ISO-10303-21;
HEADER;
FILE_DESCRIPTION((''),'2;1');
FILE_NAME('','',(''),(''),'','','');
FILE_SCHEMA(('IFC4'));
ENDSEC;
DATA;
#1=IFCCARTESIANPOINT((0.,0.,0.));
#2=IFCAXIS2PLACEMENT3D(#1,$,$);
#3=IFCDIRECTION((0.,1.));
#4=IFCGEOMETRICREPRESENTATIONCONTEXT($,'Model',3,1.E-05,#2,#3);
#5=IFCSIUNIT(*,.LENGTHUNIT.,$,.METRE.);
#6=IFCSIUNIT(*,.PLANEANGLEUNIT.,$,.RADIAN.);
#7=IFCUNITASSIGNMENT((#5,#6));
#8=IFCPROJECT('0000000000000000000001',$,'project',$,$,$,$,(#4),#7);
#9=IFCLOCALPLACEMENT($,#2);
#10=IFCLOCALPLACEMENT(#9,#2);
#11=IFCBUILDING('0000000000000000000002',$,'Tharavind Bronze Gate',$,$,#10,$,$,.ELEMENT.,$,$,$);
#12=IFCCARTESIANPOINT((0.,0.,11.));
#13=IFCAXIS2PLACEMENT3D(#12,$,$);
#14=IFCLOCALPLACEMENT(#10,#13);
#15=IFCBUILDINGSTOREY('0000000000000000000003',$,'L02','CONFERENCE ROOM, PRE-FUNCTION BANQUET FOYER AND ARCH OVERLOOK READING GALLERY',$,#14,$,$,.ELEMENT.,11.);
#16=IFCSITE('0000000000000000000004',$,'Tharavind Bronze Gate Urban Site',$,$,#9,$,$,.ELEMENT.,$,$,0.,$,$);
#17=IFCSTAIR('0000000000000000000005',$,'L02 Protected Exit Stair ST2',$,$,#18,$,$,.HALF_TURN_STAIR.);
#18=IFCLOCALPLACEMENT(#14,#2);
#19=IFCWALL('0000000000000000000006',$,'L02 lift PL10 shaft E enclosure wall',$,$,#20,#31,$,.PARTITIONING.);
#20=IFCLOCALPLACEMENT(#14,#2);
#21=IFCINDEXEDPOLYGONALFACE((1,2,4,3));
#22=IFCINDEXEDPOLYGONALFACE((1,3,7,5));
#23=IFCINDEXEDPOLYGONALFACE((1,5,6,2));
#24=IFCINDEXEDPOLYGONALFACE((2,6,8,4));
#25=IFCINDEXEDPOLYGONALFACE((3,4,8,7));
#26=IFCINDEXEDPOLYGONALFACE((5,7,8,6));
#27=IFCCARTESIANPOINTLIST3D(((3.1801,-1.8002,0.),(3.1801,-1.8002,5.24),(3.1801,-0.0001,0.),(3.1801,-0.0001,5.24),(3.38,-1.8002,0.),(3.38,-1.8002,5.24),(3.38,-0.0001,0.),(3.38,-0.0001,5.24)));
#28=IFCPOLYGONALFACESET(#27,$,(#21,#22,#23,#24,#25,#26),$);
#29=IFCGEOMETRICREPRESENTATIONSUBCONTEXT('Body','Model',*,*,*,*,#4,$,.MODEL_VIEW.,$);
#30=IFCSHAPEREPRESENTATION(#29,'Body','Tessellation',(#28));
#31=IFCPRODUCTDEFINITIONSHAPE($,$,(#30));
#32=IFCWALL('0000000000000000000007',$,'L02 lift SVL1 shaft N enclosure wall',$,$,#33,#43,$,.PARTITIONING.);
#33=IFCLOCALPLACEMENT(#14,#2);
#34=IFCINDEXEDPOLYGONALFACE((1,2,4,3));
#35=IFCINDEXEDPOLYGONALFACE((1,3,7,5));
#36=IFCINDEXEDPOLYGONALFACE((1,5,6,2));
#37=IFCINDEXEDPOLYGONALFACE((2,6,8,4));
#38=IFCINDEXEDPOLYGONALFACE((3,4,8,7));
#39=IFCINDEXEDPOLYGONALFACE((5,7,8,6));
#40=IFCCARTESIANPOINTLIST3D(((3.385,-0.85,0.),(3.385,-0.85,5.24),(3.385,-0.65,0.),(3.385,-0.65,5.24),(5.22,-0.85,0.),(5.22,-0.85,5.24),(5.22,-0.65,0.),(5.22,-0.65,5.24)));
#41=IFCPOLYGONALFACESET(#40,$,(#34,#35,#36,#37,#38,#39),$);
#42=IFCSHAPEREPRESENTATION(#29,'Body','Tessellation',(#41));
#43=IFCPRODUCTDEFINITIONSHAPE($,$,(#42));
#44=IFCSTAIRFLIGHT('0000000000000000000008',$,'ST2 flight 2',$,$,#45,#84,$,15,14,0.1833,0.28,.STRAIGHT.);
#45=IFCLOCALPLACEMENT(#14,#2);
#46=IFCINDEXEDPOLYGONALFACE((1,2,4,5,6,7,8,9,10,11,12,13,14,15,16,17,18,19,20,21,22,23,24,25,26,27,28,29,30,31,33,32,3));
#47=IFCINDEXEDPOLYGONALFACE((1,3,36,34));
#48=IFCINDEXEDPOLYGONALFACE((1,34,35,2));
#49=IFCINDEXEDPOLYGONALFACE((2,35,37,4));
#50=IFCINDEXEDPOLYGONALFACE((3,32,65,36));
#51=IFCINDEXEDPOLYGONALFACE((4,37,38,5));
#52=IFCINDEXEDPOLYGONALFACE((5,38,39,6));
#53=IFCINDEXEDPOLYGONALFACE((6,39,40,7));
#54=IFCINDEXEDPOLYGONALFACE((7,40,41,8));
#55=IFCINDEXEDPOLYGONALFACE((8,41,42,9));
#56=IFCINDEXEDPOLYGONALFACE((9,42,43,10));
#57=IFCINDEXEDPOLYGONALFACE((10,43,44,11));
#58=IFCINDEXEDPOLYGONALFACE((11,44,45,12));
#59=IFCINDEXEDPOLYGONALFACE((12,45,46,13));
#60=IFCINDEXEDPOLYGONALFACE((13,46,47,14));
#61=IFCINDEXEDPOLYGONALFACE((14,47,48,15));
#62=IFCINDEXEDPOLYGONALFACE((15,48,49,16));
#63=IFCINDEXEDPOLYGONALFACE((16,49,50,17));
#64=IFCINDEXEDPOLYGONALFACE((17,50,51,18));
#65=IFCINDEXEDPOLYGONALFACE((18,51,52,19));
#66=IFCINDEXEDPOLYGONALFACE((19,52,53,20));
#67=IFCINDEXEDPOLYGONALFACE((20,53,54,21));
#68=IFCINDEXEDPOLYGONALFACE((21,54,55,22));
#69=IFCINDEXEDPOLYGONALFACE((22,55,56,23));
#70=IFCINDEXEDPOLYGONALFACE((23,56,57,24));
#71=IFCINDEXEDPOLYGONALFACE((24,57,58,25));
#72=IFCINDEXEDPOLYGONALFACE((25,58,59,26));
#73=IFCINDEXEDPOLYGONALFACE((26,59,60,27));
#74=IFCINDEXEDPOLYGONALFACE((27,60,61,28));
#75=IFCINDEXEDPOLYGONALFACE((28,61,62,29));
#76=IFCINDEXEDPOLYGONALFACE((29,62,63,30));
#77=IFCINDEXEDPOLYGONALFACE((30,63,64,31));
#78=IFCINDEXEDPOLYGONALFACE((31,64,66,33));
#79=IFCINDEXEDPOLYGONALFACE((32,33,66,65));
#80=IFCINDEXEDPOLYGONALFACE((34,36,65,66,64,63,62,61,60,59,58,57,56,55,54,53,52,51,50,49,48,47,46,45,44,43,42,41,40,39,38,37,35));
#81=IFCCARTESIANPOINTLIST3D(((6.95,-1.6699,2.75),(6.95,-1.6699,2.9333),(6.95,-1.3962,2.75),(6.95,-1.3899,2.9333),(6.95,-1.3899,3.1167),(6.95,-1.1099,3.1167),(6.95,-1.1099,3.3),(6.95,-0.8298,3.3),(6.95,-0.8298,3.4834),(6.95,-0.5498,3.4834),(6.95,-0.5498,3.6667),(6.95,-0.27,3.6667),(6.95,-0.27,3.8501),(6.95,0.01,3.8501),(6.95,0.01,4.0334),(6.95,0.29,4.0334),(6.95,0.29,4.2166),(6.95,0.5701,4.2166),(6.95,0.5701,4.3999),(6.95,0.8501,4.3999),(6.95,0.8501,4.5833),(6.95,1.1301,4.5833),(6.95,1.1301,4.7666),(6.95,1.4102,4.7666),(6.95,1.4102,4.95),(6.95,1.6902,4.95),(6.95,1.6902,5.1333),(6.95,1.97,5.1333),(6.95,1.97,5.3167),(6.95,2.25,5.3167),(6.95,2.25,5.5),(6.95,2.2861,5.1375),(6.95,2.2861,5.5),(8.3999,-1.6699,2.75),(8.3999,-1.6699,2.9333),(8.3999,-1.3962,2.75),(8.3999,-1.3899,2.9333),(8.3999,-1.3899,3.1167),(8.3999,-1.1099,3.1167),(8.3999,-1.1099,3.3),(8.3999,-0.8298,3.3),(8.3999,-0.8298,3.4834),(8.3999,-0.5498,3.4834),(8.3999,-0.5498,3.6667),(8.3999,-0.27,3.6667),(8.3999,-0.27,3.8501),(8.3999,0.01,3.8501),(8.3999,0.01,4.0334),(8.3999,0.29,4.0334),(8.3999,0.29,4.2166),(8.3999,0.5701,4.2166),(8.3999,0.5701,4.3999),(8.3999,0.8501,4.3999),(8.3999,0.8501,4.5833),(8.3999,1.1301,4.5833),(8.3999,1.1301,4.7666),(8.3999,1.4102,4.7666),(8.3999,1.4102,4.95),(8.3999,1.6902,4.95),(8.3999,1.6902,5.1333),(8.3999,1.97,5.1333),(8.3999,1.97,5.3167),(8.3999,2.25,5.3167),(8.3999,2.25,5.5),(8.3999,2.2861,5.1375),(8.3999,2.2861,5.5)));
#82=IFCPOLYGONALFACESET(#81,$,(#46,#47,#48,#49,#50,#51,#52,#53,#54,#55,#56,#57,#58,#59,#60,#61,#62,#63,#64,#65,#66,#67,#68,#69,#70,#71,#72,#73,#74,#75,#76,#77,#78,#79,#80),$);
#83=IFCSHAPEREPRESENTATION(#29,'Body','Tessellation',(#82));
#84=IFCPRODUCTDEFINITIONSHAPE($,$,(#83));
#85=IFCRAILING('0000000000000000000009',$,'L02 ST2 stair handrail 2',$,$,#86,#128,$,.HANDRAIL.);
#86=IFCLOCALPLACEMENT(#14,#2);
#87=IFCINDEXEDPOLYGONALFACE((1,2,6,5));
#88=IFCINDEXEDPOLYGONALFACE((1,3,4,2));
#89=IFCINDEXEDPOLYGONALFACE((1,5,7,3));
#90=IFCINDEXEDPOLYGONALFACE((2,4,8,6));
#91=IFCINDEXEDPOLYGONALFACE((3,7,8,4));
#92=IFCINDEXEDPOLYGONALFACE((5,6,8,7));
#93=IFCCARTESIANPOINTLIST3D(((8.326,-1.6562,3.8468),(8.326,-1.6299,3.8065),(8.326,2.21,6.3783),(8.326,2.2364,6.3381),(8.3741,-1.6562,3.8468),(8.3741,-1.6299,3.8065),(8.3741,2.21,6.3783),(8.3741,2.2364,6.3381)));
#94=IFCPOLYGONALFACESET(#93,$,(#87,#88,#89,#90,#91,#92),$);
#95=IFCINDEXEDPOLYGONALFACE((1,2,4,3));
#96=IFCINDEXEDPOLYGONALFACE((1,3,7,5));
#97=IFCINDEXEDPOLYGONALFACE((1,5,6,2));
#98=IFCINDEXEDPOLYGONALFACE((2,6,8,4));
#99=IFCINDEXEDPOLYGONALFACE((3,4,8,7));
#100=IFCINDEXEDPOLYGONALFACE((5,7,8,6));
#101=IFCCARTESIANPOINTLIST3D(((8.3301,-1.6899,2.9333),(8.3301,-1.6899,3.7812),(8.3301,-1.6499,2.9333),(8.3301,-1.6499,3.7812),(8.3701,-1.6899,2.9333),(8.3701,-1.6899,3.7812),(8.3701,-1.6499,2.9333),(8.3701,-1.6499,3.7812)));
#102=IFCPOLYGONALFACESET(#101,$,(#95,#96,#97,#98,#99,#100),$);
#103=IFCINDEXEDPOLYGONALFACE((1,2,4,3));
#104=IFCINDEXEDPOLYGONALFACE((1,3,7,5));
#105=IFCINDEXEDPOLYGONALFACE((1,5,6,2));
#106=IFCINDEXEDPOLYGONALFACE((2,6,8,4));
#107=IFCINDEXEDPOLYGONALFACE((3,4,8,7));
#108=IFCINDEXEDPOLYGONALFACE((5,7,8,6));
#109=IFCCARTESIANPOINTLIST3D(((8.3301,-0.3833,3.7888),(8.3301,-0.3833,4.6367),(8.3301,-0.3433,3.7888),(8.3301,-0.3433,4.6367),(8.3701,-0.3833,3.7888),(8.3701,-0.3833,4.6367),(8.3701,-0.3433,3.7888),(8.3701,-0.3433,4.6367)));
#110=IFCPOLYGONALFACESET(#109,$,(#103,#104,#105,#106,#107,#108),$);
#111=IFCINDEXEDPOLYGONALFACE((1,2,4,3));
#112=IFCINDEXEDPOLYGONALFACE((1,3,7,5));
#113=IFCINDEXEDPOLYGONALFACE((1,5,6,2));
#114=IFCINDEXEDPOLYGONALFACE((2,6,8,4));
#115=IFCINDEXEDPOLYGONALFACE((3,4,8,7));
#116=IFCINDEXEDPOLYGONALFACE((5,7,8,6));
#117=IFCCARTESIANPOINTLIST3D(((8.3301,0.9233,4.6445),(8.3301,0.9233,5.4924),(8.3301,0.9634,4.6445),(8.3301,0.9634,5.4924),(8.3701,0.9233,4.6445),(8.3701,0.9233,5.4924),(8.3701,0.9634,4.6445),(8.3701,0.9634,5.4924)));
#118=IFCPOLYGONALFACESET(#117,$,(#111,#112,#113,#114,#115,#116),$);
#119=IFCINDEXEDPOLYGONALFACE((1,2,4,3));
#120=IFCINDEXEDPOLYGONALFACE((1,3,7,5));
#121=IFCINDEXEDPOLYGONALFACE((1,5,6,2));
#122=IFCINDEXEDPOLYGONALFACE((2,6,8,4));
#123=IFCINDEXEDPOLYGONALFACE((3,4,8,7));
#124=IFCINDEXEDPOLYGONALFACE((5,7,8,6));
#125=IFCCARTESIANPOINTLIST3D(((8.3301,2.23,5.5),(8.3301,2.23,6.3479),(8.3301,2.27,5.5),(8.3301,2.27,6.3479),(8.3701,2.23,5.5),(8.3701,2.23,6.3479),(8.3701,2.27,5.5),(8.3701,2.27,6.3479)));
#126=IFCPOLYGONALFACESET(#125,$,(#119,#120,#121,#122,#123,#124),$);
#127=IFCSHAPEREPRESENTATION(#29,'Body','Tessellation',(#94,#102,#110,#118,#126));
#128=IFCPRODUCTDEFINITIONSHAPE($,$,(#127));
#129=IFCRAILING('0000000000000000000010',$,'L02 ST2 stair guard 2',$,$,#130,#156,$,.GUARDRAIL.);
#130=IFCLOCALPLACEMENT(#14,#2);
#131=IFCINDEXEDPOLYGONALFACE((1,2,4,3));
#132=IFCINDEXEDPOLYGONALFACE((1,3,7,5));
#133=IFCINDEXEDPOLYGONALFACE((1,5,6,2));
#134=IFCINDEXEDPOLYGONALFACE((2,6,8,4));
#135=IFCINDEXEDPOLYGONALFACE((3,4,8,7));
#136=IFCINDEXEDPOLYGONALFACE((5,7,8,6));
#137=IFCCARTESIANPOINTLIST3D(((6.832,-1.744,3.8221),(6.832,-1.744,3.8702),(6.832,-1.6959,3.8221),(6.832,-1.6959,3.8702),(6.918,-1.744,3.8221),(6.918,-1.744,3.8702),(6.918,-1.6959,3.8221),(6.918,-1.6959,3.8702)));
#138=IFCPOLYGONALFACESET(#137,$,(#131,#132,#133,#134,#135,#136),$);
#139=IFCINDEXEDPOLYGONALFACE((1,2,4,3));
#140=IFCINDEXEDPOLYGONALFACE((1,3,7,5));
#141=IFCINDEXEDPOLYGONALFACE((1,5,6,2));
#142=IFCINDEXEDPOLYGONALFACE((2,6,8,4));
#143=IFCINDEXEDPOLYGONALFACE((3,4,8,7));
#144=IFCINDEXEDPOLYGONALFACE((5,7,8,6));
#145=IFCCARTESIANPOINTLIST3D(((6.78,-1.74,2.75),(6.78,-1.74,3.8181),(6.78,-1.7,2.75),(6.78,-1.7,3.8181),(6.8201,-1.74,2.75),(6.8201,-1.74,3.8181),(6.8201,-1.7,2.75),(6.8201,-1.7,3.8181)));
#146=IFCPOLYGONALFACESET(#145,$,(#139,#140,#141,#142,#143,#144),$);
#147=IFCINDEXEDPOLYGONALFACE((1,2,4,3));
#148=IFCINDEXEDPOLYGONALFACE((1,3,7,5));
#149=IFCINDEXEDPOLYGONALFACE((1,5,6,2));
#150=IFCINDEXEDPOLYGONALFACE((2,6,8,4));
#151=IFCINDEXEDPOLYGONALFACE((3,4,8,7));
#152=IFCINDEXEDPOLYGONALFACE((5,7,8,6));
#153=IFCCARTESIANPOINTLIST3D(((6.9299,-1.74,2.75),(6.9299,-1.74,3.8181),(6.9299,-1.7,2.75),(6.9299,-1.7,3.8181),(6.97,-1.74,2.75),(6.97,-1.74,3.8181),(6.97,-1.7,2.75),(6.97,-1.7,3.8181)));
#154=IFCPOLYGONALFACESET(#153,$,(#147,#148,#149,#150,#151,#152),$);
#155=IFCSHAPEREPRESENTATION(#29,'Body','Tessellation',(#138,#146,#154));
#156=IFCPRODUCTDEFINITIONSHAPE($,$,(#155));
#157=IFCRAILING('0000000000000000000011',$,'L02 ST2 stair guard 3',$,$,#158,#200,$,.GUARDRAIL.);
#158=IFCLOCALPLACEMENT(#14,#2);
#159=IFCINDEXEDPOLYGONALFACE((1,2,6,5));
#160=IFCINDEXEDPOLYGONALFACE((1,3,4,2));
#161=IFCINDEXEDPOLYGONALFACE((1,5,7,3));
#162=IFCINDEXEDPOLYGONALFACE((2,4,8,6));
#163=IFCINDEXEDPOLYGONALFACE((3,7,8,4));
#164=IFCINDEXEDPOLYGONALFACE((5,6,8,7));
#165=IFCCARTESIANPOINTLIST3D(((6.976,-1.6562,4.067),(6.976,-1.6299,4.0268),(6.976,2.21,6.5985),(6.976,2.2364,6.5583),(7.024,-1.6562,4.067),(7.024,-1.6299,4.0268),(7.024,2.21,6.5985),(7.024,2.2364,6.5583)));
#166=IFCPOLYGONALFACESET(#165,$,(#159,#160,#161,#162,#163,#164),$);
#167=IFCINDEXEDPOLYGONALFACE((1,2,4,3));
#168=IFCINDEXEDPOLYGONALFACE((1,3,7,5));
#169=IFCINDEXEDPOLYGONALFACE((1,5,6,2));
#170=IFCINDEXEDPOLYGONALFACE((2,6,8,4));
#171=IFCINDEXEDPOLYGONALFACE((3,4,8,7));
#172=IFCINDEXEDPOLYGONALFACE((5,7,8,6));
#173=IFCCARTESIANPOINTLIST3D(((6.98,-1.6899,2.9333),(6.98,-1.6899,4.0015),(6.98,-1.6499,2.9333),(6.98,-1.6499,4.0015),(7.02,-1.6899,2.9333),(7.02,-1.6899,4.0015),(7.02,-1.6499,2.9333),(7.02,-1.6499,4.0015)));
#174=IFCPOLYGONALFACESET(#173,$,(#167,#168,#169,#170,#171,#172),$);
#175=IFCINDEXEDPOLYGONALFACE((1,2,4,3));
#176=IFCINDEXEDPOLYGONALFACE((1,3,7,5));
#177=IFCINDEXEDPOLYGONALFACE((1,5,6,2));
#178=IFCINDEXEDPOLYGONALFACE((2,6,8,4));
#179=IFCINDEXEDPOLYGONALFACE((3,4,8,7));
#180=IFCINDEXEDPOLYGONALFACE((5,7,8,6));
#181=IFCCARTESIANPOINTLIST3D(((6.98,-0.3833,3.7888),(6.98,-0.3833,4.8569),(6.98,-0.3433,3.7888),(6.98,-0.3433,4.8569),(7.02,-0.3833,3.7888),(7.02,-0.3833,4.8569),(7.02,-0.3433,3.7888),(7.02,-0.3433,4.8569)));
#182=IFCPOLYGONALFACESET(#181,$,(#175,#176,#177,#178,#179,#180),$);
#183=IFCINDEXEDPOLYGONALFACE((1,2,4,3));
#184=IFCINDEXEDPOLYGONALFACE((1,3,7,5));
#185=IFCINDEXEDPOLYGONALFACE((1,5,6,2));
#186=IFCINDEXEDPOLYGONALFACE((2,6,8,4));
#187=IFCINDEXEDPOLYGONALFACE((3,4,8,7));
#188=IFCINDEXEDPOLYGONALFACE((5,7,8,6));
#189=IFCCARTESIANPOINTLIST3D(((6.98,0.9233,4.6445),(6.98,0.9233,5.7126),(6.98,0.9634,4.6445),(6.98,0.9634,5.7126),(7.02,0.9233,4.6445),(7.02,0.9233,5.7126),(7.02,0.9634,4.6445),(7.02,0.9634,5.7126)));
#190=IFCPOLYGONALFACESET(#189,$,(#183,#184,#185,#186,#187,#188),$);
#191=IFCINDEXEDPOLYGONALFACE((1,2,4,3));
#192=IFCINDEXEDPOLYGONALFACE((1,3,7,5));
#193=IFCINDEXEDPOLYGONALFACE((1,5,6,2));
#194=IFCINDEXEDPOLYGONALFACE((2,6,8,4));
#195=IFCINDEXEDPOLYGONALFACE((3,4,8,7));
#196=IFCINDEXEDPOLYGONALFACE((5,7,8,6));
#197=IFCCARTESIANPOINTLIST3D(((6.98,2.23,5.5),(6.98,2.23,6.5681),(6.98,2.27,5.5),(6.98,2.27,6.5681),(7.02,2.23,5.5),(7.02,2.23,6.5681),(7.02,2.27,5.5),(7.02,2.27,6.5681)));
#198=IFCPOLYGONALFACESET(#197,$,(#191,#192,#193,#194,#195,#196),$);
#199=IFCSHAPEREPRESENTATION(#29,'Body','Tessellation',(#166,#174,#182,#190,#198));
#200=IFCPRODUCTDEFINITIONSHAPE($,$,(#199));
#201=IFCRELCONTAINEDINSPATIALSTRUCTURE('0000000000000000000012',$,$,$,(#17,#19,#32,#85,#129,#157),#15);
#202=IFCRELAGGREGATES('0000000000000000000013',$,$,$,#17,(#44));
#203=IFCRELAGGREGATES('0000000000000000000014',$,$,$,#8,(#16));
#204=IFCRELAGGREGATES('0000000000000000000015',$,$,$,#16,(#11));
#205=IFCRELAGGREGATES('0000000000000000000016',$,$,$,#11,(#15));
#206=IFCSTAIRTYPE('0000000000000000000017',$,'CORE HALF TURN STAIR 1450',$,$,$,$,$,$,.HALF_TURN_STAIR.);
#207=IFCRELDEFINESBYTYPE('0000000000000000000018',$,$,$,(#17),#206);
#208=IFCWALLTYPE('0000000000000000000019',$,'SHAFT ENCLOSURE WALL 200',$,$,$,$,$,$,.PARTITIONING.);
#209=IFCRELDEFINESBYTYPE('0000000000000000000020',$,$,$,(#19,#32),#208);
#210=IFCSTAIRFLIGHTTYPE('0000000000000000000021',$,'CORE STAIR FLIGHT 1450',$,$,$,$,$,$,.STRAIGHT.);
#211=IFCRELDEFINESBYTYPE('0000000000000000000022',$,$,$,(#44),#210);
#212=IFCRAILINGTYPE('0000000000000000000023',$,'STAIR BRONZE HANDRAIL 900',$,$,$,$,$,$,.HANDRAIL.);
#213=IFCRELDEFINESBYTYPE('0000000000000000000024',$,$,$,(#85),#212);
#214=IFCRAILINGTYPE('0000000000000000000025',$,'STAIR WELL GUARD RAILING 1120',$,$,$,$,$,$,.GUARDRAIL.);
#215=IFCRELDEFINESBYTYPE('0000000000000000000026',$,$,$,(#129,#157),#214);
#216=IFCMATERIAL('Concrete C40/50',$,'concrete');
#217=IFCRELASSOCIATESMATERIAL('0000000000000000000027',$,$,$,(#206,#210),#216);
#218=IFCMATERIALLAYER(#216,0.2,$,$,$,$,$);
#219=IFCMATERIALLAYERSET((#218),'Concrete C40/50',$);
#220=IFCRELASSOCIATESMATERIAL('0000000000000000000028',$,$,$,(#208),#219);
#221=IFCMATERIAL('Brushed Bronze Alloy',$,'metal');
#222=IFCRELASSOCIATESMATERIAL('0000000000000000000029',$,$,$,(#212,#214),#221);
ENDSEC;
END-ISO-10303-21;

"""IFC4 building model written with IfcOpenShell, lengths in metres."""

from ifc_helpers import new_model, si_unit, direction, frame, frame_2d, origin, origin_2d, place, context, subcontext, project, spatial, polyline, rectangle, outline, extrude, material, layer, layer_set, type_object, element, aggregate, save


model = new_model("IFC4")

# Units and contexts
model_context = context("Model", 3, precision=1e-05, world=origin(), true_north=direction((0.0, 1.0)))
body_context = subcontext(model_context, "Body", "Model", "MODEL_VIEW")
ifc_project = project(units=[si_unit("LENGTHUNIT", "METRE"), si_unit("PLANEANGLEUNIT", "RADIAN")], contexts=[model_context])

# Site, building, storey
site_placement = place(None, origin())
site = spatial("IfcSite", under=ifc_project, at=site_placement, Name="Tharavind Bronze Gate Urban Site", CompositionType="ELEMENT", RefElevation=0.0)
building_placement = place(site_placement, origin())
building = spatial("IfcBuilding", under=site, at=building_placement, Name="Tharavind Bronze Gate", CompositionType="ELEMENT")
storey_placement = place(building_placement, frame((0.0, 0.0, 11.0)))
storey = spatial("IfcBuildingStorey", under=building, at=storey_placement, Name="L02", Description="CONFERENCE ROOM, PRE-FUNCTION BANQUET FOYER AND ARCH OVERLOOK READING GALLERY", CompositionType="ELEMENT", Elevation=11.0)

# Stair
ifc_material_1 = material(Name="Concrete C40/50", Category="concrete")
stair_type = type_object("IfcStairType", Name="CORE HALF TURN STAIR 1450", PredefinedType="HALF_TURN_STAIR", material=ifc_material_1)
stair_1_placement = place(storey_placement, origin())
stair_1 = element("IfcStair", 1, at=stair_1_placement, inside=storey, type_object=stair_type, Name="L02 Protected Exit Stair ST2", PredefinedType="HALF_TURN_STAIR")

# Walls
ifc_layer_1 = layer(ifc_material_1, 0.2)
ifc_layer_set_1 = layer_set([ifc_layer_1], Name="Concrete C40/50")
wall_type_1 = type_object("IfcWallType", Name="SHAFT ENCLOSURE WALL 200", PredefinedType="PARTITIONING", material=ifc_layer_set_1)
wall_1_placement = place(storey_placement, frame((3.28, -1.8, 0.0), z_axis=(0.0, 0.0, 1.0), x_axis=(0.0, 1.0, 0.0)))
element("IfcWall", 2, at=wall_1_placement, inside=storey, type_object=wall_type_1, Name="L02 lift PL10 shaft E enclosure wall", PredefinedType="PARTITIONING", context=body_context, shape_type="SweptSolid", body=[
    extrude(rectangle(XDim=1.8, YDim=0.2, at=frame_2d((0.8999, 0.0))), origin(), (0.0, 0.0, 1.0), 5.24),
])
wall_2_placement = place(storey_placement, frame((3.385, -0.75, 0.0), z_axis=(0.0, 0.0, 1.0), x_axis=(1.0, 0.0, 0.0)))
element("IfcWall", 3, at=wall_2_placement, inside=storey, type_object=wall_type_1, Name="L02 lift SVL1 shaft N enclosure wall", PredefinedType="PARTITIONING", context=body_context, shape_type="SweptSolid", body=[
    extrude(rectangle(XDim=1.835, YDim=0.2, at=frame_2d((0.9175, 0.0))), origin(), (0.0, 0.0, 1.0), 5.24),
])

# Stair flight
stair_flight_type = type_object("IfcStairFlightType", Name="CORE STAIR FLIGHT 1450", PredefinedType="STRAIGHT", material=ifc_material_1)
stair_flight_placement = place(storey_placement, frame((7.675, -1.6699, 2.75), z_axis=(0.0, 0.0, 1.0), x_axis=(0.0, 1.0, 0.0)))
stair_flight = element("IfcStairFlight", 4, at=stair_flight_placement, type_object=stair_flight_type, Name="ST2 flight 2", NumberOfRisers=15, NumberOfTreads=14, PredefinedType="STRAIGHT", RiserHeight=0.1833, TreadLength=0.28, context=body_context, shape_type="SweptSolid", body=[
    extrude(outline(polyline([(0.0, 0.0), (0.0, 0.1833), (0.28, 0.1833), (0.28, 0.3667), (0.5601, 0.3667), (0.5601, 0.55), (0.8401, 0.55), (0.8401, 0.7334), (1.1201, 0.7334), (1.1201, 0.9167), (1.3999, 0.9167), (1.3999, 1.1001), (1.6799, 1.1001), (1.6799, 1.2834), (1.96, 1.2834), (1.96, 1.4666), (2.24, 1.4666), (2.24, 1.6499), (2.52, 1.6499), (2.52, 1.8333), (2.8, 1.8333), (2.8, 2.0166), (3.0801, 2.0166), (3.0801, 2.2), (3.3601, 2.2), (3.3601, 2.3833), (3.6399, 2.3833), (3.6399, 2.5667), (3.9199, 2.5667), (3.9199, 2.75), (3.9561, 2.75), (3.9561, 2.3875), (0.2737, 0.0), (0.0, 0.0)])), frame((0.0, 0.7251, 0.0), z_axis=(0.0, -1.0, 0.0), x_axis=(1.0, 0.0, 0.0)), (0.0, 0.0, 1.0), 1.45),
])
aggregate(stair_1, [stair_flight])

# Railings
ifc_material_2 = material(Name="Brushed Bronze Alloy", Category="metal")
railing_type_1 = type_object("IfcRailingType", Name="STAIR BRONZE HANDRAIL 900", PredefinedType="HANDRAIL", material=ifc_material_2)
railing_1_placement = place(storey_placement, frame((8.3501, -1.6699, 2.9333)))
element("IfcRailing", 5, at=railing_1_placement, inside=storey, type_object=railing_type_1, Name="L02 ST2 stair handrail 2", PredefinedType="HANDRAIL", context=body_context, shape_type="SweptSolid", body=[
    extrude(rectangle(XDim=0.0481, YDim=0.0481, at=origin_2d()), frame((0.0, 0.0269, 0.8933), z_axis=(0.0, 0.836615, 0.547791), x_axis=(-1.0, 0.0, 0.0)), (0.0, 0.0, 1.0), 4.6213),
    extrude(rectangle(XDim=0.04, YDim=0.04, at=origin_2d()), origin(), (0.0, 0.0, 1.0), 0.8479),
    extrude(rectangle(XDim=0.04, YDim=0.04, at=origin_2d()), frame((0.0, 1.3066, 0.8555)), (0.0, 0.0, 1.0), 0.8479),
    extrude(rectangle(XDim=0.04, YDim=0.04, at=origin_2d()), frame((0.0, 2.6133, 1.7112)), (0.0, 0.0, 1.0), 0.8479),
    extrude(rectangle(XDim=0.04, YDim=0.04, at=origin_2d()), frame((0.0, 3.9199, 2.5667)), (0.0, 0.0, 1.0), 0.8479),
])
railing_type_2 = type_object("IfcRailingType", Name="STAIR WELL GUARD RAILING 1120", PredefinedType="GUARDRAIL", material=ifc_material_2)
railing_2_placement = place(storey_placement, frame((6.8, -1.72, 2.75)))
element("IfcRailing", 6, at=railing_2_placement, inside=storey, type_object=railing_type_2, Name="L02 ST2 stair guard 2", PredefinedType="GUARDRAIL", context=body_context, shape_type="SweptSolid", body=[
    extrude(rectangle(XDim=0.0481, YDim=0.0481, at=origin_2d()), frame((0.032, 0.0, 1.0962), z_axis=(1.0, 0.0, 0.0), x_axis=(0.0, 1.0, 0.0)), (0.0, 0.0, 1.0), 0.0859),
    extrude(rectangle(XDim=0.04, YDim=0.04, at=origin_2d()), origin(), (0.0, 0.0, 1.0), 1.0681),
    extrude(rectangle(XDim=0.04, YDim=0.04, at=origin_2d()), frame((0.1499, 0.0, 0.0)), (0.0, 0.0, 1.0), 1.0681),
])
railing_3_placement = place(storey_placement, frame((7.0, -1.6699, 2.9333)))
element("IfcRailing", 7, at=railing_3_placement, inside=storey, type_object=railing_type_2, Name="L02 ST2 stair guard 3", PredefinedType="GUARDRAIL", context=body_context, shape_type="SweptSolid", body=[
    extrude(rectangle(XDim=0.0481, YDim=0.0481, at=origin_2d()), frame((0.0, 0.0269, 1.1135), z_axis=(0.0, 0.836615, 0.547791), x_axis=(-1.0, 0.0, 0.0)), (0.0, 0.0, 1.0), 4.6213),
    extrude(rectangle(XDim=0.04, YDim=0.04, at=origin_2d()), origin(), (0.0, 0.0, 1.0), 1.0681),
    extrude(rectangle(XDim=0.04, YDim=0.04, at=origin_2d()), frame((0.0, 1.3066, 0.8555)), (0.0, 0.0, 1.0), 1.0681),
    extrude(rectangle(XDim=0.04, YDim=0.04, at=origin_2d()), frame((0.0, 2.6133, 1.7112)), (0.0, 0.0, 1.0), 1.0681),
    extrude(rectangle(XDim=0.04, YDim=0.04, at=origin_2d()), frame((0.0, 3.9199, 2.5667)), (0.0, 0.0, 1.0), 1.0681),
])

save(model, "model.ifc")
